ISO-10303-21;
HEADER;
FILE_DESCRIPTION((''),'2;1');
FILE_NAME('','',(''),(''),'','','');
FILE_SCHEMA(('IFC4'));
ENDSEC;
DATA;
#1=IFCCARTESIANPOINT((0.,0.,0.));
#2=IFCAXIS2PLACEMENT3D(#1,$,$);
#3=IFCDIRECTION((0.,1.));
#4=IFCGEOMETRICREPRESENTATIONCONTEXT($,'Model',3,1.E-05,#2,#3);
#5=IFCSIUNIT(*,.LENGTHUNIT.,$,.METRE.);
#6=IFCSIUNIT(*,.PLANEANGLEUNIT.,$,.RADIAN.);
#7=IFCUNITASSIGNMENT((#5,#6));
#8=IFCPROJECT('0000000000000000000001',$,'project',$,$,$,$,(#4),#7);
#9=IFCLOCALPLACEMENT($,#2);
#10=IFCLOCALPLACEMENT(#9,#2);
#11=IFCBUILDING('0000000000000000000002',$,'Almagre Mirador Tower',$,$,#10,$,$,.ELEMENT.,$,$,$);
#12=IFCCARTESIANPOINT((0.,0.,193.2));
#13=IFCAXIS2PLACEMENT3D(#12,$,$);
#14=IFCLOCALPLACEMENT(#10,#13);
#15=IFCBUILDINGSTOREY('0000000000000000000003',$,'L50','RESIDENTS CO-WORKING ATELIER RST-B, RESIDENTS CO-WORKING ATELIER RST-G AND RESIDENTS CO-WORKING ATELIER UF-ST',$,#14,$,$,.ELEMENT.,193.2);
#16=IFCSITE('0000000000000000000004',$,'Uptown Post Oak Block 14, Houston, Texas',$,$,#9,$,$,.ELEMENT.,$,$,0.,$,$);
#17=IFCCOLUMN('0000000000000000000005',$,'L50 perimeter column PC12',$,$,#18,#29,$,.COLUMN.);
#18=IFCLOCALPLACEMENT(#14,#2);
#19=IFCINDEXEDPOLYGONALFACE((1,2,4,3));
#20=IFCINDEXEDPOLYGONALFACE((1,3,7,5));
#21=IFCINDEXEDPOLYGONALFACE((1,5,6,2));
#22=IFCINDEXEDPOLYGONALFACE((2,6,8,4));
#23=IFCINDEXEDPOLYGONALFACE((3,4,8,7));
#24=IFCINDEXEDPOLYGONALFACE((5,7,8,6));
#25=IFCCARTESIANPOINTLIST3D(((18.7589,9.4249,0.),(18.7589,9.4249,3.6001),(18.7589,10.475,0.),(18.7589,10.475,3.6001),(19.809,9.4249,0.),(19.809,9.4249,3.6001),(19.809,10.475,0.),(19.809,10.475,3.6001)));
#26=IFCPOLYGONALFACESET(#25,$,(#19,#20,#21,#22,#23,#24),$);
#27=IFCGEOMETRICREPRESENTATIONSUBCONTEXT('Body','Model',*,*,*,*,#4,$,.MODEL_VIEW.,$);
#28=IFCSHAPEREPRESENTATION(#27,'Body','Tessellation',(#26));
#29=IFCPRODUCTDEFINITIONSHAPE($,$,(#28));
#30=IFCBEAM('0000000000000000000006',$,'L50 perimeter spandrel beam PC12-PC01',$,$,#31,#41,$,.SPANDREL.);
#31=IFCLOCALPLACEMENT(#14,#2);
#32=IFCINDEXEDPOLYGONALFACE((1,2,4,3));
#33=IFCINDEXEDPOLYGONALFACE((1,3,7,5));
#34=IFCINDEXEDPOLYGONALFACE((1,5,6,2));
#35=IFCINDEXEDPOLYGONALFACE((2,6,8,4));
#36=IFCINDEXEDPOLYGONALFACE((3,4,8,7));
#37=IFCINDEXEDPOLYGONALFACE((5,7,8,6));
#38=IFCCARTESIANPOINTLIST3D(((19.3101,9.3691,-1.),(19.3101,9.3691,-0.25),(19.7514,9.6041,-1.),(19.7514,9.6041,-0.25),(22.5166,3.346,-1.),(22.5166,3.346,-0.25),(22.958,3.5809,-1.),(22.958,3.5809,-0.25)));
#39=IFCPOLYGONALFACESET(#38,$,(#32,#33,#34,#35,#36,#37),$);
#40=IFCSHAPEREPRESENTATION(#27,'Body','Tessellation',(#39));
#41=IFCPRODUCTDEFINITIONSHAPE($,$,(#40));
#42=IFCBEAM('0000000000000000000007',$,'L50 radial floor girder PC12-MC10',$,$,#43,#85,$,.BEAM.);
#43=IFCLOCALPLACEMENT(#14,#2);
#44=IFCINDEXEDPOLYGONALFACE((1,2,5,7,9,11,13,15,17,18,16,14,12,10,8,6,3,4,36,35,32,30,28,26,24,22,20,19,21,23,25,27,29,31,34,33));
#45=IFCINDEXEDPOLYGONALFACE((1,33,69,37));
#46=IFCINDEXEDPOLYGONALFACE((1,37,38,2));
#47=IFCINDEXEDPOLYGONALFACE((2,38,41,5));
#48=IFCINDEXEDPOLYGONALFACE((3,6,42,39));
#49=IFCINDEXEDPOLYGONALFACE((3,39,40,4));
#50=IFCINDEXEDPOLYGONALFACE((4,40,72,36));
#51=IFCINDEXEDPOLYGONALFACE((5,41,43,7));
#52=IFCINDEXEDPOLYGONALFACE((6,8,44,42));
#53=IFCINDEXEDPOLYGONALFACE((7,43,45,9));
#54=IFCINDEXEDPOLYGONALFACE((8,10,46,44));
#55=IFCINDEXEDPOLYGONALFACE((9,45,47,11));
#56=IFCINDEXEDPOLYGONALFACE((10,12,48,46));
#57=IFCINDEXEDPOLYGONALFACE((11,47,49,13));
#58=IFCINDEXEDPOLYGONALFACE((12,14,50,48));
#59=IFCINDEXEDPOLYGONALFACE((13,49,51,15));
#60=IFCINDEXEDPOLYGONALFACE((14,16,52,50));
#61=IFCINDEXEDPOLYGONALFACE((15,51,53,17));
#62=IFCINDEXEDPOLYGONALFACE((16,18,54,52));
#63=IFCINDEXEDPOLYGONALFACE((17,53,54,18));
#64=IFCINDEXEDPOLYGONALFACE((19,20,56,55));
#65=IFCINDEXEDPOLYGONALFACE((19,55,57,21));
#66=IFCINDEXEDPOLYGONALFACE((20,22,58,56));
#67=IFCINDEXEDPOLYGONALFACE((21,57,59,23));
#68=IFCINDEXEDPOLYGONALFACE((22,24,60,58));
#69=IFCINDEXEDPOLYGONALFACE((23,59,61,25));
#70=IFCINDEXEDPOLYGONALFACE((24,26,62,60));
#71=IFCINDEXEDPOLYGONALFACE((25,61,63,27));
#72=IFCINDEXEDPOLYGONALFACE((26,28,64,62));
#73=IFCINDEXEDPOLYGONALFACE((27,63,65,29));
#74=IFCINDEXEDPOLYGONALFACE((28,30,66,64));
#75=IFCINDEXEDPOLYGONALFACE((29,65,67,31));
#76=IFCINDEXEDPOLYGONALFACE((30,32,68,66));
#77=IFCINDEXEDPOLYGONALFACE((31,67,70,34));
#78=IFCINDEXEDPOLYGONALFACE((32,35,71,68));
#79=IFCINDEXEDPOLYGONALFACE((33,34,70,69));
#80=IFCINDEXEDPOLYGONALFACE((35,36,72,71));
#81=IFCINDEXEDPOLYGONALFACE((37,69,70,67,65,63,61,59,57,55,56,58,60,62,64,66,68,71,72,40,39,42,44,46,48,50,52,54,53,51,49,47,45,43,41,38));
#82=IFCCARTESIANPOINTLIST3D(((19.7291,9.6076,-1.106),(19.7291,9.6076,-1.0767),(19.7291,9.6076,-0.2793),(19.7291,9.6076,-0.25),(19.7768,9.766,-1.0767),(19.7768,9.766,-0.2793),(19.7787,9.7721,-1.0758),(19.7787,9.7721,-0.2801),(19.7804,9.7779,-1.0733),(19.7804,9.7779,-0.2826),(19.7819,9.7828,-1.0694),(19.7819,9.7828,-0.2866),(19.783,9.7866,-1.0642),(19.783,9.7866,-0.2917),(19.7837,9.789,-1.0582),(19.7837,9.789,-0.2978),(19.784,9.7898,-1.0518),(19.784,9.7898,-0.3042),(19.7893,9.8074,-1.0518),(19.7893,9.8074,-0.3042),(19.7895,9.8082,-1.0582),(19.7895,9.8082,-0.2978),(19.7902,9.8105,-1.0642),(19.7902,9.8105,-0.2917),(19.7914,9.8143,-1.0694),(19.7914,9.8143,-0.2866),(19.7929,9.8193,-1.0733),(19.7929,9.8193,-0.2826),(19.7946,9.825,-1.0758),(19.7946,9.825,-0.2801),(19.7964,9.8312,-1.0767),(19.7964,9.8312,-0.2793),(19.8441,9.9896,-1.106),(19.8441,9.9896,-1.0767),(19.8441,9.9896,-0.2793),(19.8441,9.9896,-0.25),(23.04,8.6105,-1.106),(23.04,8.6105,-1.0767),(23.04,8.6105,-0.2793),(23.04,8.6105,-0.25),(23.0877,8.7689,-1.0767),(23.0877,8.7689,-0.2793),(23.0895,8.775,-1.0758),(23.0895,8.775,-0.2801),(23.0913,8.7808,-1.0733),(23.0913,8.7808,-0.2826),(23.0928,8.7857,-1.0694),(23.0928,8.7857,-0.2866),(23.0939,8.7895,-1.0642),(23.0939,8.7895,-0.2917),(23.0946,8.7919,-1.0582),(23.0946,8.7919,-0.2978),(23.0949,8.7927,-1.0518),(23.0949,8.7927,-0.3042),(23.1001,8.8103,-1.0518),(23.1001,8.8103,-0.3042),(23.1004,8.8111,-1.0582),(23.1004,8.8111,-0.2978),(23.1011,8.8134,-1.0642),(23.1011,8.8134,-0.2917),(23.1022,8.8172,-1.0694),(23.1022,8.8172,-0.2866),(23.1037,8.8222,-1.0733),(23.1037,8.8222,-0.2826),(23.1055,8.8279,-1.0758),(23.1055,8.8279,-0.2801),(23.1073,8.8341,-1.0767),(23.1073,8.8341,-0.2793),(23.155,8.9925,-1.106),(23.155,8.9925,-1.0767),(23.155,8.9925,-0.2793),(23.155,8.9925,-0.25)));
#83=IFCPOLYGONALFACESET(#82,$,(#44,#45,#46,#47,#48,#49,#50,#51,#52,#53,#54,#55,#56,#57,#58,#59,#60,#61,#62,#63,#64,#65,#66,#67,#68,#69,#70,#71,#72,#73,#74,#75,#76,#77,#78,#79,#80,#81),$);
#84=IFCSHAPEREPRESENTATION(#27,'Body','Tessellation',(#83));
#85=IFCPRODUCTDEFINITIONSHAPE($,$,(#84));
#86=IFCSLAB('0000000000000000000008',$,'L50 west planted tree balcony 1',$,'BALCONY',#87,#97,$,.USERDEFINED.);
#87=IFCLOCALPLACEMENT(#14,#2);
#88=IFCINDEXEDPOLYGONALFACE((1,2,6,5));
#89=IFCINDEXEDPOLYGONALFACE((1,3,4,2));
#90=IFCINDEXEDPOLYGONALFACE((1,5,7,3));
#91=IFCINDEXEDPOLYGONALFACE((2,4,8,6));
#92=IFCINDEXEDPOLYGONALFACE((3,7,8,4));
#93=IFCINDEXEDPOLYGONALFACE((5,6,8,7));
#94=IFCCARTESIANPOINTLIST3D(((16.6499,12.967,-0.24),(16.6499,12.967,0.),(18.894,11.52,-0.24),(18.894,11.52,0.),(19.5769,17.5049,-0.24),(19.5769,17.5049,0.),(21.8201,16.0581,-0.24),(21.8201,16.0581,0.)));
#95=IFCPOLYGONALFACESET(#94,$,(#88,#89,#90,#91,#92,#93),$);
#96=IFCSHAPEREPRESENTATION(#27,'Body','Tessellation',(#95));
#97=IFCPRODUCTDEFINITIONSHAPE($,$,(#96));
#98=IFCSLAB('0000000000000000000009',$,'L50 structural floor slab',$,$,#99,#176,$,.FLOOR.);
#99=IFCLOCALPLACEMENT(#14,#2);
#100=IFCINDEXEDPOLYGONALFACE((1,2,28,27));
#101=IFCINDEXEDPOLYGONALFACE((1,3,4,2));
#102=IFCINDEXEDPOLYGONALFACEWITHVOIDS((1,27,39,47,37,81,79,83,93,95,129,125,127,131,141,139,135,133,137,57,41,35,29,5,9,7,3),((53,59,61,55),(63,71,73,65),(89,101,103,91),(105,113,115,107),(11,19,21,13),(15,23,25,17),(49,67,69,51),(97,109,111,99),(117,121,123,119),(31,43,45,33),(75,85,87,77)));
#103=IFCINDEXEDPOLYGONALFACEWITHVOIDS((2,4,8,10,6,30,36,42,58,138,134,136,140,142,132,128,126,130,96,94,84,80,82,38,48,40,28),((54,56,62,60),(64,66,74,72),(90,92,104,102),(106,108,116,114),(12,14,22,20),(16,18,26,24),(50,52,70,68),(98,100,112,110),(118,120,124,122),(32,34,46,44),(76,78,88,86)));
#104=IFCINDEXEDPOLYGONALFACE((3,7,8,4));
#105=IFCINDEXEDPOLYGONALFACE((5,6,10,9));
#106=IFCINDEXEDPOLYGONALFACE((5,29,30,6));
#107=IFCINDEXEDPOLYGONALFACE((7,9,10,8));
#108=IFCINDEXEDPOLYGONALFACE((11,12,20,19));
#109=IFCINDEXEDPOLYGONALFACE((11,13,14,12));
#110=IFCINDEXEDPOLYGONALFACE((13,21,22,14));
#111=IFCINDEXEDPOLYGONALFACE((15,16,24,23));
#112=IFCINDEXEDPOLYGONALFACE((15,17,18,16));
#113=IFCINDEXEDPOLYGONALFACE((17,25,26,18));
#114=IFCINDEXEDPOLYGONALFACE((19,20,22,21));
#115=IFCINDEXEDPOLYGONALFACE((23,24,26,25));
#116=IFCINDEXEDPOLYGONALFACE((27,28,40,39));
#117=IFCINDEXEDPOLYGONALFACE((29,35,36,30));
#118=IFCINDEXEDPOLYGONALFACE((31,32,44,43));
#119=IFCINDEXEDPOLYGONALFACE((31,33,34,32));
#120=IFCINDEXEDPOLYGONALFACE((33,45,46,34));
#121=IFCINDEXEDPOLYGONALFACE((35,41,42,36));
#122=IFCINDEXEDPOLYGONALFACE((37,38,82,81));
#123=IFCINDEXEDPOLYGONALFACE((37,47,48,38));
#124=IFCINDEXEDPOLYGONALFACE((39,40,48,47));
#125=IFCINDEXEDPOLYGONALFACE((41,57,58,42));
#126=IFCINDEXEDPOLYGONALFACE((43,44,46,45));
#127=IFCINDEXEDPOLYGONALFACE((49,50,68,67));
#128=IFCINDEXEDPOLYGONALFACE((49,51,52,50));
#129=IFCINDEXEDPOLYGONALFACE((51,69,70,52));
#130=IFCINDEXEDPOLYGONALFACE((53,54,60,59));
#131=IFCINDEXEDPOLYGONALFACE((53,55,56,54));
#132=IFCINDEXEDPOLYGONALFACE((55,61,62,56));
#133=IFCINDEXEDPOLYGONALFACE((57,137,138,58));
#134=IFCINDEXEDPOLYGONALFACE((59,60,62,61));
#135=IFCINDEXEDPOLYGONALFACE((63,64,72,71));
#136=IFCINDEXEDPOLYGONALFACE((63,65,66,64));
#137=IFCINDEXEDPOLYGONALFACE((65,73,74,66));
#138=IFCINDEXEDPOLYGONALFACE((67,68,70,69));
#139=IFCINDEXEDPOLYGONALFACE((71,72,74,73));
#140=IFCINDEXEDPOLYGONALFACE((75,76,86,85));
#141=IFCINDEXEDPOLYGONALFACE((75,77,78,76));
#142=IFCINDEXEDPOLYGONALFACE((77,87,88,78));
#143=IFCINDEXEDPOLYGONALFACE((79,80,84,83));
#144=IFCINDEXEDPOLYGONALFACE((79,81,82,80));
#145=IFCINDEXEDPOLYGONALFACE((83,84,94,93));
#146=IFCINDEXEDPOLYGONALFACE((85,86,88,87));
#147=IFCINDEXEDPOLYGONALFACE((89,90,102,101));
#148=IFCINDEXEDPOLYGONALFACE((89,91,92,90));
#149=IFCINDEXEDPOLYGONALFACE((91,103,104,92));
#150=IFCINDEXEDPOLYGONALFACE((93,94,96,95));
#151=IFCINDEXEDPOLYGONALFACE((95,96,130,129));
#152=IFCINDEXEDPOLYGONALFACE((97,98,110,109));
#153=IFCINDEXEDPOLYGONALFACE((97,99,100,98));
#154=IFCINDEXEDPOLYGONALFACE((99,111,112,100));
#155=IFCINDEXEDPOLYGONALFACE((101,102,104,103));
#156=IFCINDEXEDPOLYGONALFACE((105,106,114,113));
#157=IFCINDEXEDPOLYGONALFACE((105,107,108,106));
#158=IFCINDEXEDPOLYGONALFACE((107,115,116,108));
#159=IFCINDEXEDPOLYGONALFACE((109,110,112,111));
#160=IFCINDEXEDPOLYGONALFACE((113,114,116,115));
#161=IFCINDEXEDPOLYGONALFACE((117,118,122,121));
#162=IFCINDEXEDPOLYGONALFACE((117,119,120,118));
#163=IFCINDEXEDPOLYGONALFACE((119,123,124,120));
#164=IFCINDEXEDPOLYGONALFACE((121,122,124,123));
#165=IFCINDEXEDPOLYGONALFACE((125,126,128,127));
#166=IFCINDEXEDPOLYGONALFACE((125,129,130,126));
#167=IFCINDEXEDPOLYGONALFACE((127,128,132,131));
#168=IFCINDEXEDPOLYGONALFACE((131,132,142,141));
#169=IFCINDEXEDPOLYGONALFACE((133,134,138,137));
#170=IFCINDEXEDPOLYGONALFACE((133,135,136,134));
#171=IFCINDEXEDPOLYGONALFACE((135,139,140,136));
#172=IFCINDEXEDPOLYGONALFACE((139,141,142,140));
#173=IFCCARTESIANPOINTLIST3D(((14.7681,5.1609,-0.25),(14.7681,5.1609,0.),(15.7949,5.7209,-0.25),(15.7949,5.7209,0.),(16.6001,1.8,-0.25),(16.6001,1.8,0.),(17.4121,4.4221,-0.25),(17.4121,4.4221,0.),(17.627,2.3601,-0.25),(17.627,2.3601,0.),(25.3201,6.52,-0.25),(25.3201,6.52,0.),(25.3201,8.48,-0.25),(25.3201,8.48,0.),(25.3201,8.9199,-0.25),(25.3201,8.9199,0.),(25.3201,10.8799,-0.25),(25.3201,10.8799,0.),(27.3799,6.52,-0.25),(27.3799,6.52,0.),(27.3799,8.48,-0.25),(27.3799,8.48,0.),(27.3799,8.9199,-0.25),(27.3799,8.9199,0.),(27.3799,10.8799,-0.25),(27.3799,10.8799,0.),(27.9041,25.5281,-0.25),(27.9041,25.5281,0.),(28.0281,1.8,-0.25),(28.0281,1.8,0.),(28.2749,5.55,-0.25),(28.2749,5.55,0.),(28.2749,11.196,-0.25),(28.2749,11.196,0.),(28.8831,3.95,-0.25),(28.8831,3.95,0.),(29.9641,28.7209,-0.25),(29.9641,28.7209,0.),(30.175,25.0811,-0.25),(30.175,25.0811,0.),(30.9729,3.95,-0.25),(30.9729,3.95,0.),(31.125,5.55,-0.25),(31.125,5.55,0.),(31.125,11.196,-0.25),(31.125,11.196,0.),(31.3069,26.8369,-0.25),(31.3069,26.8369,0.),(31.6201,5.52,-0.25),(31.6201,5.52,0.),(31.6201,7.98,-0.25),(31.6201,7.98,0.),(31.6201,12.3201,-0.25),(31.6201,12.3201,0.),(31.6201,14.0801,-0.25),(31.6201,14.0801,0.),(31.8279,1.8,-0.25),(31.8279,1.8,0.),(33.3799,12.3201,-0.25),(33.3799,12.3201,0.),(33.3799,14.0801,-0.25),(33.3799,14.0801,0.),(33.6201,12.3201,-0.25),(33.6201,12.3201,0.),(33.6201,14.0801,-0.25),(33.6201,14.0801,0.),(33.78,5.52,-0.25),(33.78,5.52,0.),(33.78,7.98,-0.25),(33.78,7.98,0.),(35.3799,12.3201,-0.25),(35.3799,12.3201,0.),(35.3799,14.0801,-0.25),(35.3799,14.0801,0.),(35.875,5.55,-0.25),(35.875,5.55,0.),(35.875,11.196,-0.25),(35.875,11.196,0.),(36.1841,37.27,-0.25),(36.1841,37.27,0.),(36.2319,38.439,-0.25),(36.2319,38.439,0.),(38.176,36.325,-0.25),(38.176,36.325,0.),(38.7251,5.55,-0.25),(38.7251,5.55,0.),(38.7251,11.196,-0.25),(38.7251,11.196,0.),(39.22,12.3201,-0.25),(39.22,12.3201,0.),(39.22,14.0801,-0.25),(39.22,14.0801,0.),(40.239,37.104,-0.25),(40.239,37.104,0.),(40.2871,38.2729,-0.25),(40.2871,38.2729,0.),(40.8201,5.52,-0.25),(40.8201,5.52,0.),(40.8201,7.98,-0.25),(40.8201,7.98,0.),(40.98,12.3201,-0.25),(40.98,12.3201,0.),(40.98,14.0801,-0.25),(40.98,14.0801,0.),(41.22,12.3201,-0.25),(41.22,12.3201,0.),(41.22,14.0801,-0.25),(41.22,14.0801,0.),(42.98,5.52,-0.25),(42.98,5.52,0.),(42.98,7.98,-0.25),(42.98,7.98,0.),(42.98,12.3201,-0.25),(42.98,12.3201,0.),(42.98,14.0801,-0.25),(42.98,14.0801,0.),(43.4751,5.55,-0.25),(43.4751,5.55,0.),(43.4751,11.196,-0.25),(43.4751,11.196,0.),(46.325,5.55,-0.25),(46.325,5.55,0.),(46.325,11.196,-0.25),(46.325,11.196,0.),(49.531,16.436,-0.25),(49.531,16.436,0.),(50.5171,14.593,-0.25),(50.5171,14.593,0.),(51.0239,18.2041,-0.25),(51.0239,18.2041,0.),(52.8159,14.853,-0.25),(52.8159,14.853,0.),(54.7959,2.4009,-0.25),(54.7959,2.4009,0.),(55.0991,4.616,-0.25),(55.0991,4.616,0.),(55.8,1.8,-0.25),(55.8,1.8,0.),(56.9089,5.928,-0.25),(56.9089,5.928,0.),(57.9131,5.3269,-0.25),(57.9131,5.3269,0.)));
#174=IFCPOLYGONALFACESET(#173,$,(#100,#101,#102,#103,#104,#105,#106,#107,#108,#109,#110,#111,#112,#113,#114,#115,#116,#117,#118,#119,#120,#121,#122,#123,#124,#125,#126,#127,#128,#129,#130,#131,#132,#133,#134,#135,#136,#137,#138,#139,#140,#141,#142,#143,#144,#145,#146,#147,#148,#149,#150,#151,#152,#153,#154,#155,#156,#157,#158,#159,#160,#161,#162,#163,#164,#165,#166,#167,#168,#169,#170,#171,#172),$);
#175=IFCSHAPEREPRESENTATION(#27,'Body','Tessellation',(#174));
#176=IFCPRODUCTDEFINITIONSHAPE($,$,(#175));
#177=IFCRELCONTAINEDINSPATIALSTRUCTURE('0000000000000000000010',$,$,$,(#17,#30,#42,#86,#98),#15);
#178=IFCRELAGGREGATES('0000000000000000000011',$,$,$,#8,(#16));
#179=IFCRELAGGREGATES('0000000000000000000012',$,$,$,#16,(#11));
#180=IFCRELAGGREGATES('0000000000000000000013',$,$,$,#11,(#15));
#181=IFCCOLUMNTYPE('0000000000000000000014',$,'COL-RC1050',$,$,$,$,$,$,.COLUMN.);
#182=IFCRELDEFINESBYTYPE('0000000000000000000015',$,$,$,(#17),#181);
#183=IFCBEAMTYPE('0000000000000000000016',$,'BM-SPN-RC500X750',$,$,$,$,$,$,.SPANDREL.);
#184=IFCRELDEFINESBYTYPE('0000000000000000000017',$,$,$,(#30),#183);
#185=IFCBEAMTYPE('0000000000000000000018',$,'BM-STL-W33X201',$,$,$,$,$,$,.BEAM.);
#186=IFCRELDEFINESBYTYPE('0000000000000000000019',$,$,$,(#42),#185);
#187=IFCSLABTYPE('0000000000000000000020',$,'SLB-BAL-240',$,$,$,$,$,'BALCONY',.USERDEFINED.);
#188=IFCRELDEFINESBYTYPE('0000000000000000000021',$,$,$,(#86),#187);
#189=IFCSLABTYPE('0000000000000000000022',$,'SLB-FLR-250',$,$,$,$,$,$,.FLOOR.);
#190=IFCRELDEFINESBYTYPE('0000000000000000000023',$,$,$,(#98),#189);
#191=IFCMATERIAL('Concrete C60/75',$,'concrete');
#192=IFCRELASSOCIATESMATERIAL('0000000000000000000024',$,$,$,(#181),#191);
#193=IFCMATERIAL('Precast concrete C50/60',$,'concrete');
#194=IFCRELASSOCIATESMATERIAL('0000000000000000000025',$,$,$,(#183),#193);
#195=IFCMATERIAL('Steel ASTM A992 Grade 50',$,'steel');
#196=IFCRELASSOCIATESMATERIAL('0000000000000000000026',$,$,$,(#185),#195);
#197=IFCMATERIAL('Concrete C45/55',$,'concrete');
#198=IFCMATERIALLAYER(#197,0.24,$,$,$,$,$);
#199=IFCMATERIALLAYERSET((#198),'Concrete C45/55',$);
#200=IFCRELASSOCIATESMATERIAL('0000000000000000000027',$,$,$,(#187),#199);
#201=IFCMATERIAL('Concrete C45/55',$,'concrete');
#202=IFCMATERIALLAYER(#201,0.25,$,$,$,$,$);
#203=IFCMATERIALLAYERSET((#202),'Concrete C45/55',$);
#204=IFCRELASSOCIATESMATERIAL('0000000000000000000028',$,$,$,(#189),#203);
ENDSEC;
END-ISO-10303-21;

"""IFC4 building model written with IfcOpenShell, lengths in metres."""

from ifc_helpers import new_model, si_unit, direction, frame, origin, origin_2d, place, context, subcontext, project, spatial, polyline, rectangle, i_section, outline, extrude, material, layer, layer_set, material_profile, profile_set, type_object, element, save


model = new_model("IFC4")

# Units and contexts
model_context = context("Model", 3, precision=1e-05, world=origin(), true_north=direction((0.0, 1.0)))
body_context = subcontext(model_context, "Body", "Model", "MODEL_VIEW")
ifc_project = project(units=[si_unit("LENGTHUNIT", "METRE"), si_unit("PLANEANGLEUNIT", "RADIAN")], contexts=[model_context])

# Site, building, storey
site_placement = place(None, origin())
site = spatial("IfcSite", under=ifc_project, at=site_placement, Name="Uptown Post Oak Block 14, Houston, Texas", CompositionType="ELEMENT", RefElevation=0.0)
building_placement = place(site_placement, origin())
building = spatial("IfcBuilding", under=site, at=building_placement, Name="Almagre Mirador Tower", CompositionType="ELEMENT")
storey_placement = place(building_placement, frame((0.0, 0.0, 193.2)))
storey = spatial("IfcBuildingStorey", under=building, at=storey_placement, Name="L50", Description="RESIDENTS CO-WORKING ATELIER RST-B, RESIDENTS CO-WORKING ATELIER RST-G AND RESIDENTS CO-WORKING ATELIER UF-ST", CompositionType="ELEMENT", Elevation=193.2)

# Column
ifc_material_1 = material(Name="Concrete C60/75", Category="concrete")
ifc_material_profile_1 = material_profile(ifc_material_1, rectangle(XDim=1.05, YDim=1.05, at=origin_2d()), Name="RC1050X1050")
ifc_profile_set_1 = profile_set([ifc_material_profile_1], Name="Concrete C60/75")
column_type = type_object("IfcColumnType", Name="COL-RC1050", PredefinedType="COLUMN", material=ifc_profile_set_1)
column_placement = place(storey_placement, frame((19.2839, 9.95, 0.0), z_axis=(0.0, 0.0, 1.0), x_axis=(1.0, 0.0, 0.0)))
element("IfcColumn", 1, at=column_placement, inside=storey, type_object=column_type, Name="L50 perimeter column PC12", PredefinedType="COLUMN", context=body_context, shape_type="SweptSolid", body=[
    extrude(rectangle(XDim=1.05, YDim=1.05, at=origin_2d()), origin(), (0.0, 0.0, 1.0), 3.6001),
])

# Beams
ifc_material_2 = material(Name="Precast concrete C50/60", Category="concrete")
ifc_material_profile_2 = material_profile(ifc_material_2, rectangle(XDim=0.5, YDim=0.75, at=origin_2d()), Name="RC500X750")
ifc_profile_set_2 = profile_set([ifc_material_profile_2], Name="Precast concrete C50/60")
beam_type_1 = type_object("IfcBeamType", Name="BM-SPN-RC500X750", PredefinedType="SPANDREL", material=ifc_profile_set_2)
beam_1_placement = place(storey_placement, frame((19.5308, 9.4866, -0.625), z_axis=(0.469923, -0.882707, 0.0), x_axis=(0.882707, 0.469923, 0.0)))
element("IfcBeam", 2, at=beam_1_placement, inside=storey, type_object=beam_type_1, Name="L50 perimeter spandrel beam PC12-PC01", PredefinedType="SPANDREL", context=body_context, shape_type="SweptSolid", body=[
    extrude(rectangle(XDim=0.5, YDim=0.75, at=origin_2d()), origin(), (0.0, 0.0, 1.0), 6.8235),
])
ifc_material_3 = material(Name="Steel ASTM A992 Grade 50", Category="steel")
ifc_material_profile_3 = material_profile(ifc_material_3, i_section(OverallWidth=0.3989, OverallDepth=0.856, WebThickness=0.0183, FlangeThickness=0.0293, FilletRadius=0.0249, at=origin_2d()), Name="W33X201")
ifc_profile_set_3 = profile_set([ifc_material_profile_3], Name="Steel ASTM A992 Grade 50")
beam_type_2 = type_object("IfcBeamType", Name="BM-STL-W33X201", PredefinedType="BEAM", material=ifc_profile_set_3)
beam_2_placement = place(storey_placement, frame((19.7866, 9.7986, -0.678), z_axis=(0.957521, -0.288365, 0.0), x_axis=(0.288365, 0.957521, 0.0)))
element("IfcBeam", 3, at=beam_2_placement, inside=storey, type_object=beam_type_2, Name="L50 radial floor girder PC12-MC10", PredefinedType="BEAM", context=body_context, shape_type="SweptSolid", body=[
    extrude(i_section(OverallWidth=0.3989, OverallDepth=0.856, WebThickness=0.0183, FlangeThickness=0.0293, FilletRadius=0.0249, at=origin_2d()), origin(), (0.0, 0.0, 1.0), 3.4578),
])

# Slabs
ifc_material_4 = material(Name="Concrete C45/55", Category="concrete")
ifc_layer_1 = layer(ifc_material_4, 0.24)
ifc_layer_set_1 = layer_set([ifc_layer_1], Name="Concrete C45/55")
slab_type_1 = type_object("IfcSlabType", Name="SLB-BAL-240", ElementType="BALCONY", PredefinedType="USERDEFINED", material=ifc_layer_set_1)
slab_1_placement = place(storey_placement, frame((0.0, 0.0, -0.24)))
element("IfcSlab", 4, at=slab_1_placement, inside=storey, type_object=slab_type_1, Name="L50 west planted tree balcony 1", ObjectType="BALCONY", PredefinedType="USERDEFINED", context=body_context, shape_type="SweptSolid", body=[
    extrude(outline(polyline([(21.8201, 16.0581), (18.894, 11.52), (16.6499, 12.967), (19.5769, 17.5049), (21.8201, 16.0581)])), origin(), (0.0, 0.0, 1.0), 0.24),
])
ifc_material_5 = material(Name="Concrete C45/55", Category="concrete")
ifc_layer_2 = layer(ifc_material_5, 0.25)
ifc_layer_set_2 = layer_set([ifc_layer_2], Name="Concrete C45/55")
slab_type_2 = type_object("IfcSlabType", Name="SLB-FLR-250", PredefinedType="FLOOR", material=ifc_layer_set_2)
slab_2_placement = place(storey_placement, frame((0.0, 0.0, -0.25)))
element("IfcSlab", 5, at=slab_2_placement, inside=storey, type_object=slab_type_2, Name="L50 structural floor slab", PredefinedType="FLOOR", context=body_context, shape_type="SweptSolid", body=[
    extrude(outline(polyline([(14.7681, 5.1609), (15.7949, 5.7209), (17.4121, 4.4221), (17.627, 2.3601), (16.6001, 1.8), (28.0281, 1.8), (28.8831, 3.95), (30.9729, 3.95), (31.8279, 1.8), (55.8, 1.8), (54.7959, 2.4009), (55.0991, 4.616), (56.9089, 5.928), (57.9131, 5.3269), (52.8159, 14.853), (50.5171, 14.593), (49.531, 16.436), (51.0239, 18.2041), (40.2871, 38.2729), (40.239, 37.104), (38.176, 36.325), (36.1841, 37.27), (36.2319, 38.439), (29.9641, 28.7209), (31.3069, 26.8369), (30.175, 25.0811), (27.9041, 25.5281), (14.7681, 5.1609)]), holes=[polyline([(43.4751, 5.55), (43.4751, 11.196), (46.325, 11.196), (46.325, 5.55), (43.4751, 5.55)]), polyline([(40.8201, 5.52), (40.8201, 7.98), (42.98, 7.98), (42.98, 5.52), (40.8201, 5.52)]), polyline([(41.22, 12.3201), (41.22, 14.0801), (42.98, 14.0801), (42.98, 12.3201), (41.22, 12.3201)]), polyline([(39.22, 12.3201), (39.22, 14.0801), (40.98, 14.0801), (40.98, 12.3201), (39.22, 12.3201)]), polyline([(35.875, 11.196), (38.7251, 11.196), (38.7251, 5.55), (35.875, 5.55), (35.875, 11.196)]), polyline([(35.3799, 12.3201), (33.6201, 12.3201), (33.6201, 14.0801), (35.3799, 14.0801), (35.3799, 12.3201)]), polyline([(33.78, 5.52), (31.6201, 5.52), (31.6201, 7.98), (33.78, 7.98), (33.78, 5.52)]), polyline([(31.6201, 12.3201), (31.6201, 14.0801), (33.3799, 14.0801), (33.3799, 12.3201), (31.6201, 12.3201)]), polyline([(28.2749, 5.55), (28.2749, 11.196), (31.125, 11.196), (31.125, 5.55), (28.2749, 5.55)]), polyline([(25.3201, 8.9199), (25.3201, 10.8799), (27.3799, 10.8799), (27.3799, 8.9199), (25.3201, 8.9199)]), polyline([(27.3799, 6.52), (25.3201, 6.52), (25.3201, 8.48), (27.3799, 8.48), (27.3799, 6.52)])]), origin(), (0.0, 0.0, 1.0), 0.25),
])

save(model, "model.ifc")
